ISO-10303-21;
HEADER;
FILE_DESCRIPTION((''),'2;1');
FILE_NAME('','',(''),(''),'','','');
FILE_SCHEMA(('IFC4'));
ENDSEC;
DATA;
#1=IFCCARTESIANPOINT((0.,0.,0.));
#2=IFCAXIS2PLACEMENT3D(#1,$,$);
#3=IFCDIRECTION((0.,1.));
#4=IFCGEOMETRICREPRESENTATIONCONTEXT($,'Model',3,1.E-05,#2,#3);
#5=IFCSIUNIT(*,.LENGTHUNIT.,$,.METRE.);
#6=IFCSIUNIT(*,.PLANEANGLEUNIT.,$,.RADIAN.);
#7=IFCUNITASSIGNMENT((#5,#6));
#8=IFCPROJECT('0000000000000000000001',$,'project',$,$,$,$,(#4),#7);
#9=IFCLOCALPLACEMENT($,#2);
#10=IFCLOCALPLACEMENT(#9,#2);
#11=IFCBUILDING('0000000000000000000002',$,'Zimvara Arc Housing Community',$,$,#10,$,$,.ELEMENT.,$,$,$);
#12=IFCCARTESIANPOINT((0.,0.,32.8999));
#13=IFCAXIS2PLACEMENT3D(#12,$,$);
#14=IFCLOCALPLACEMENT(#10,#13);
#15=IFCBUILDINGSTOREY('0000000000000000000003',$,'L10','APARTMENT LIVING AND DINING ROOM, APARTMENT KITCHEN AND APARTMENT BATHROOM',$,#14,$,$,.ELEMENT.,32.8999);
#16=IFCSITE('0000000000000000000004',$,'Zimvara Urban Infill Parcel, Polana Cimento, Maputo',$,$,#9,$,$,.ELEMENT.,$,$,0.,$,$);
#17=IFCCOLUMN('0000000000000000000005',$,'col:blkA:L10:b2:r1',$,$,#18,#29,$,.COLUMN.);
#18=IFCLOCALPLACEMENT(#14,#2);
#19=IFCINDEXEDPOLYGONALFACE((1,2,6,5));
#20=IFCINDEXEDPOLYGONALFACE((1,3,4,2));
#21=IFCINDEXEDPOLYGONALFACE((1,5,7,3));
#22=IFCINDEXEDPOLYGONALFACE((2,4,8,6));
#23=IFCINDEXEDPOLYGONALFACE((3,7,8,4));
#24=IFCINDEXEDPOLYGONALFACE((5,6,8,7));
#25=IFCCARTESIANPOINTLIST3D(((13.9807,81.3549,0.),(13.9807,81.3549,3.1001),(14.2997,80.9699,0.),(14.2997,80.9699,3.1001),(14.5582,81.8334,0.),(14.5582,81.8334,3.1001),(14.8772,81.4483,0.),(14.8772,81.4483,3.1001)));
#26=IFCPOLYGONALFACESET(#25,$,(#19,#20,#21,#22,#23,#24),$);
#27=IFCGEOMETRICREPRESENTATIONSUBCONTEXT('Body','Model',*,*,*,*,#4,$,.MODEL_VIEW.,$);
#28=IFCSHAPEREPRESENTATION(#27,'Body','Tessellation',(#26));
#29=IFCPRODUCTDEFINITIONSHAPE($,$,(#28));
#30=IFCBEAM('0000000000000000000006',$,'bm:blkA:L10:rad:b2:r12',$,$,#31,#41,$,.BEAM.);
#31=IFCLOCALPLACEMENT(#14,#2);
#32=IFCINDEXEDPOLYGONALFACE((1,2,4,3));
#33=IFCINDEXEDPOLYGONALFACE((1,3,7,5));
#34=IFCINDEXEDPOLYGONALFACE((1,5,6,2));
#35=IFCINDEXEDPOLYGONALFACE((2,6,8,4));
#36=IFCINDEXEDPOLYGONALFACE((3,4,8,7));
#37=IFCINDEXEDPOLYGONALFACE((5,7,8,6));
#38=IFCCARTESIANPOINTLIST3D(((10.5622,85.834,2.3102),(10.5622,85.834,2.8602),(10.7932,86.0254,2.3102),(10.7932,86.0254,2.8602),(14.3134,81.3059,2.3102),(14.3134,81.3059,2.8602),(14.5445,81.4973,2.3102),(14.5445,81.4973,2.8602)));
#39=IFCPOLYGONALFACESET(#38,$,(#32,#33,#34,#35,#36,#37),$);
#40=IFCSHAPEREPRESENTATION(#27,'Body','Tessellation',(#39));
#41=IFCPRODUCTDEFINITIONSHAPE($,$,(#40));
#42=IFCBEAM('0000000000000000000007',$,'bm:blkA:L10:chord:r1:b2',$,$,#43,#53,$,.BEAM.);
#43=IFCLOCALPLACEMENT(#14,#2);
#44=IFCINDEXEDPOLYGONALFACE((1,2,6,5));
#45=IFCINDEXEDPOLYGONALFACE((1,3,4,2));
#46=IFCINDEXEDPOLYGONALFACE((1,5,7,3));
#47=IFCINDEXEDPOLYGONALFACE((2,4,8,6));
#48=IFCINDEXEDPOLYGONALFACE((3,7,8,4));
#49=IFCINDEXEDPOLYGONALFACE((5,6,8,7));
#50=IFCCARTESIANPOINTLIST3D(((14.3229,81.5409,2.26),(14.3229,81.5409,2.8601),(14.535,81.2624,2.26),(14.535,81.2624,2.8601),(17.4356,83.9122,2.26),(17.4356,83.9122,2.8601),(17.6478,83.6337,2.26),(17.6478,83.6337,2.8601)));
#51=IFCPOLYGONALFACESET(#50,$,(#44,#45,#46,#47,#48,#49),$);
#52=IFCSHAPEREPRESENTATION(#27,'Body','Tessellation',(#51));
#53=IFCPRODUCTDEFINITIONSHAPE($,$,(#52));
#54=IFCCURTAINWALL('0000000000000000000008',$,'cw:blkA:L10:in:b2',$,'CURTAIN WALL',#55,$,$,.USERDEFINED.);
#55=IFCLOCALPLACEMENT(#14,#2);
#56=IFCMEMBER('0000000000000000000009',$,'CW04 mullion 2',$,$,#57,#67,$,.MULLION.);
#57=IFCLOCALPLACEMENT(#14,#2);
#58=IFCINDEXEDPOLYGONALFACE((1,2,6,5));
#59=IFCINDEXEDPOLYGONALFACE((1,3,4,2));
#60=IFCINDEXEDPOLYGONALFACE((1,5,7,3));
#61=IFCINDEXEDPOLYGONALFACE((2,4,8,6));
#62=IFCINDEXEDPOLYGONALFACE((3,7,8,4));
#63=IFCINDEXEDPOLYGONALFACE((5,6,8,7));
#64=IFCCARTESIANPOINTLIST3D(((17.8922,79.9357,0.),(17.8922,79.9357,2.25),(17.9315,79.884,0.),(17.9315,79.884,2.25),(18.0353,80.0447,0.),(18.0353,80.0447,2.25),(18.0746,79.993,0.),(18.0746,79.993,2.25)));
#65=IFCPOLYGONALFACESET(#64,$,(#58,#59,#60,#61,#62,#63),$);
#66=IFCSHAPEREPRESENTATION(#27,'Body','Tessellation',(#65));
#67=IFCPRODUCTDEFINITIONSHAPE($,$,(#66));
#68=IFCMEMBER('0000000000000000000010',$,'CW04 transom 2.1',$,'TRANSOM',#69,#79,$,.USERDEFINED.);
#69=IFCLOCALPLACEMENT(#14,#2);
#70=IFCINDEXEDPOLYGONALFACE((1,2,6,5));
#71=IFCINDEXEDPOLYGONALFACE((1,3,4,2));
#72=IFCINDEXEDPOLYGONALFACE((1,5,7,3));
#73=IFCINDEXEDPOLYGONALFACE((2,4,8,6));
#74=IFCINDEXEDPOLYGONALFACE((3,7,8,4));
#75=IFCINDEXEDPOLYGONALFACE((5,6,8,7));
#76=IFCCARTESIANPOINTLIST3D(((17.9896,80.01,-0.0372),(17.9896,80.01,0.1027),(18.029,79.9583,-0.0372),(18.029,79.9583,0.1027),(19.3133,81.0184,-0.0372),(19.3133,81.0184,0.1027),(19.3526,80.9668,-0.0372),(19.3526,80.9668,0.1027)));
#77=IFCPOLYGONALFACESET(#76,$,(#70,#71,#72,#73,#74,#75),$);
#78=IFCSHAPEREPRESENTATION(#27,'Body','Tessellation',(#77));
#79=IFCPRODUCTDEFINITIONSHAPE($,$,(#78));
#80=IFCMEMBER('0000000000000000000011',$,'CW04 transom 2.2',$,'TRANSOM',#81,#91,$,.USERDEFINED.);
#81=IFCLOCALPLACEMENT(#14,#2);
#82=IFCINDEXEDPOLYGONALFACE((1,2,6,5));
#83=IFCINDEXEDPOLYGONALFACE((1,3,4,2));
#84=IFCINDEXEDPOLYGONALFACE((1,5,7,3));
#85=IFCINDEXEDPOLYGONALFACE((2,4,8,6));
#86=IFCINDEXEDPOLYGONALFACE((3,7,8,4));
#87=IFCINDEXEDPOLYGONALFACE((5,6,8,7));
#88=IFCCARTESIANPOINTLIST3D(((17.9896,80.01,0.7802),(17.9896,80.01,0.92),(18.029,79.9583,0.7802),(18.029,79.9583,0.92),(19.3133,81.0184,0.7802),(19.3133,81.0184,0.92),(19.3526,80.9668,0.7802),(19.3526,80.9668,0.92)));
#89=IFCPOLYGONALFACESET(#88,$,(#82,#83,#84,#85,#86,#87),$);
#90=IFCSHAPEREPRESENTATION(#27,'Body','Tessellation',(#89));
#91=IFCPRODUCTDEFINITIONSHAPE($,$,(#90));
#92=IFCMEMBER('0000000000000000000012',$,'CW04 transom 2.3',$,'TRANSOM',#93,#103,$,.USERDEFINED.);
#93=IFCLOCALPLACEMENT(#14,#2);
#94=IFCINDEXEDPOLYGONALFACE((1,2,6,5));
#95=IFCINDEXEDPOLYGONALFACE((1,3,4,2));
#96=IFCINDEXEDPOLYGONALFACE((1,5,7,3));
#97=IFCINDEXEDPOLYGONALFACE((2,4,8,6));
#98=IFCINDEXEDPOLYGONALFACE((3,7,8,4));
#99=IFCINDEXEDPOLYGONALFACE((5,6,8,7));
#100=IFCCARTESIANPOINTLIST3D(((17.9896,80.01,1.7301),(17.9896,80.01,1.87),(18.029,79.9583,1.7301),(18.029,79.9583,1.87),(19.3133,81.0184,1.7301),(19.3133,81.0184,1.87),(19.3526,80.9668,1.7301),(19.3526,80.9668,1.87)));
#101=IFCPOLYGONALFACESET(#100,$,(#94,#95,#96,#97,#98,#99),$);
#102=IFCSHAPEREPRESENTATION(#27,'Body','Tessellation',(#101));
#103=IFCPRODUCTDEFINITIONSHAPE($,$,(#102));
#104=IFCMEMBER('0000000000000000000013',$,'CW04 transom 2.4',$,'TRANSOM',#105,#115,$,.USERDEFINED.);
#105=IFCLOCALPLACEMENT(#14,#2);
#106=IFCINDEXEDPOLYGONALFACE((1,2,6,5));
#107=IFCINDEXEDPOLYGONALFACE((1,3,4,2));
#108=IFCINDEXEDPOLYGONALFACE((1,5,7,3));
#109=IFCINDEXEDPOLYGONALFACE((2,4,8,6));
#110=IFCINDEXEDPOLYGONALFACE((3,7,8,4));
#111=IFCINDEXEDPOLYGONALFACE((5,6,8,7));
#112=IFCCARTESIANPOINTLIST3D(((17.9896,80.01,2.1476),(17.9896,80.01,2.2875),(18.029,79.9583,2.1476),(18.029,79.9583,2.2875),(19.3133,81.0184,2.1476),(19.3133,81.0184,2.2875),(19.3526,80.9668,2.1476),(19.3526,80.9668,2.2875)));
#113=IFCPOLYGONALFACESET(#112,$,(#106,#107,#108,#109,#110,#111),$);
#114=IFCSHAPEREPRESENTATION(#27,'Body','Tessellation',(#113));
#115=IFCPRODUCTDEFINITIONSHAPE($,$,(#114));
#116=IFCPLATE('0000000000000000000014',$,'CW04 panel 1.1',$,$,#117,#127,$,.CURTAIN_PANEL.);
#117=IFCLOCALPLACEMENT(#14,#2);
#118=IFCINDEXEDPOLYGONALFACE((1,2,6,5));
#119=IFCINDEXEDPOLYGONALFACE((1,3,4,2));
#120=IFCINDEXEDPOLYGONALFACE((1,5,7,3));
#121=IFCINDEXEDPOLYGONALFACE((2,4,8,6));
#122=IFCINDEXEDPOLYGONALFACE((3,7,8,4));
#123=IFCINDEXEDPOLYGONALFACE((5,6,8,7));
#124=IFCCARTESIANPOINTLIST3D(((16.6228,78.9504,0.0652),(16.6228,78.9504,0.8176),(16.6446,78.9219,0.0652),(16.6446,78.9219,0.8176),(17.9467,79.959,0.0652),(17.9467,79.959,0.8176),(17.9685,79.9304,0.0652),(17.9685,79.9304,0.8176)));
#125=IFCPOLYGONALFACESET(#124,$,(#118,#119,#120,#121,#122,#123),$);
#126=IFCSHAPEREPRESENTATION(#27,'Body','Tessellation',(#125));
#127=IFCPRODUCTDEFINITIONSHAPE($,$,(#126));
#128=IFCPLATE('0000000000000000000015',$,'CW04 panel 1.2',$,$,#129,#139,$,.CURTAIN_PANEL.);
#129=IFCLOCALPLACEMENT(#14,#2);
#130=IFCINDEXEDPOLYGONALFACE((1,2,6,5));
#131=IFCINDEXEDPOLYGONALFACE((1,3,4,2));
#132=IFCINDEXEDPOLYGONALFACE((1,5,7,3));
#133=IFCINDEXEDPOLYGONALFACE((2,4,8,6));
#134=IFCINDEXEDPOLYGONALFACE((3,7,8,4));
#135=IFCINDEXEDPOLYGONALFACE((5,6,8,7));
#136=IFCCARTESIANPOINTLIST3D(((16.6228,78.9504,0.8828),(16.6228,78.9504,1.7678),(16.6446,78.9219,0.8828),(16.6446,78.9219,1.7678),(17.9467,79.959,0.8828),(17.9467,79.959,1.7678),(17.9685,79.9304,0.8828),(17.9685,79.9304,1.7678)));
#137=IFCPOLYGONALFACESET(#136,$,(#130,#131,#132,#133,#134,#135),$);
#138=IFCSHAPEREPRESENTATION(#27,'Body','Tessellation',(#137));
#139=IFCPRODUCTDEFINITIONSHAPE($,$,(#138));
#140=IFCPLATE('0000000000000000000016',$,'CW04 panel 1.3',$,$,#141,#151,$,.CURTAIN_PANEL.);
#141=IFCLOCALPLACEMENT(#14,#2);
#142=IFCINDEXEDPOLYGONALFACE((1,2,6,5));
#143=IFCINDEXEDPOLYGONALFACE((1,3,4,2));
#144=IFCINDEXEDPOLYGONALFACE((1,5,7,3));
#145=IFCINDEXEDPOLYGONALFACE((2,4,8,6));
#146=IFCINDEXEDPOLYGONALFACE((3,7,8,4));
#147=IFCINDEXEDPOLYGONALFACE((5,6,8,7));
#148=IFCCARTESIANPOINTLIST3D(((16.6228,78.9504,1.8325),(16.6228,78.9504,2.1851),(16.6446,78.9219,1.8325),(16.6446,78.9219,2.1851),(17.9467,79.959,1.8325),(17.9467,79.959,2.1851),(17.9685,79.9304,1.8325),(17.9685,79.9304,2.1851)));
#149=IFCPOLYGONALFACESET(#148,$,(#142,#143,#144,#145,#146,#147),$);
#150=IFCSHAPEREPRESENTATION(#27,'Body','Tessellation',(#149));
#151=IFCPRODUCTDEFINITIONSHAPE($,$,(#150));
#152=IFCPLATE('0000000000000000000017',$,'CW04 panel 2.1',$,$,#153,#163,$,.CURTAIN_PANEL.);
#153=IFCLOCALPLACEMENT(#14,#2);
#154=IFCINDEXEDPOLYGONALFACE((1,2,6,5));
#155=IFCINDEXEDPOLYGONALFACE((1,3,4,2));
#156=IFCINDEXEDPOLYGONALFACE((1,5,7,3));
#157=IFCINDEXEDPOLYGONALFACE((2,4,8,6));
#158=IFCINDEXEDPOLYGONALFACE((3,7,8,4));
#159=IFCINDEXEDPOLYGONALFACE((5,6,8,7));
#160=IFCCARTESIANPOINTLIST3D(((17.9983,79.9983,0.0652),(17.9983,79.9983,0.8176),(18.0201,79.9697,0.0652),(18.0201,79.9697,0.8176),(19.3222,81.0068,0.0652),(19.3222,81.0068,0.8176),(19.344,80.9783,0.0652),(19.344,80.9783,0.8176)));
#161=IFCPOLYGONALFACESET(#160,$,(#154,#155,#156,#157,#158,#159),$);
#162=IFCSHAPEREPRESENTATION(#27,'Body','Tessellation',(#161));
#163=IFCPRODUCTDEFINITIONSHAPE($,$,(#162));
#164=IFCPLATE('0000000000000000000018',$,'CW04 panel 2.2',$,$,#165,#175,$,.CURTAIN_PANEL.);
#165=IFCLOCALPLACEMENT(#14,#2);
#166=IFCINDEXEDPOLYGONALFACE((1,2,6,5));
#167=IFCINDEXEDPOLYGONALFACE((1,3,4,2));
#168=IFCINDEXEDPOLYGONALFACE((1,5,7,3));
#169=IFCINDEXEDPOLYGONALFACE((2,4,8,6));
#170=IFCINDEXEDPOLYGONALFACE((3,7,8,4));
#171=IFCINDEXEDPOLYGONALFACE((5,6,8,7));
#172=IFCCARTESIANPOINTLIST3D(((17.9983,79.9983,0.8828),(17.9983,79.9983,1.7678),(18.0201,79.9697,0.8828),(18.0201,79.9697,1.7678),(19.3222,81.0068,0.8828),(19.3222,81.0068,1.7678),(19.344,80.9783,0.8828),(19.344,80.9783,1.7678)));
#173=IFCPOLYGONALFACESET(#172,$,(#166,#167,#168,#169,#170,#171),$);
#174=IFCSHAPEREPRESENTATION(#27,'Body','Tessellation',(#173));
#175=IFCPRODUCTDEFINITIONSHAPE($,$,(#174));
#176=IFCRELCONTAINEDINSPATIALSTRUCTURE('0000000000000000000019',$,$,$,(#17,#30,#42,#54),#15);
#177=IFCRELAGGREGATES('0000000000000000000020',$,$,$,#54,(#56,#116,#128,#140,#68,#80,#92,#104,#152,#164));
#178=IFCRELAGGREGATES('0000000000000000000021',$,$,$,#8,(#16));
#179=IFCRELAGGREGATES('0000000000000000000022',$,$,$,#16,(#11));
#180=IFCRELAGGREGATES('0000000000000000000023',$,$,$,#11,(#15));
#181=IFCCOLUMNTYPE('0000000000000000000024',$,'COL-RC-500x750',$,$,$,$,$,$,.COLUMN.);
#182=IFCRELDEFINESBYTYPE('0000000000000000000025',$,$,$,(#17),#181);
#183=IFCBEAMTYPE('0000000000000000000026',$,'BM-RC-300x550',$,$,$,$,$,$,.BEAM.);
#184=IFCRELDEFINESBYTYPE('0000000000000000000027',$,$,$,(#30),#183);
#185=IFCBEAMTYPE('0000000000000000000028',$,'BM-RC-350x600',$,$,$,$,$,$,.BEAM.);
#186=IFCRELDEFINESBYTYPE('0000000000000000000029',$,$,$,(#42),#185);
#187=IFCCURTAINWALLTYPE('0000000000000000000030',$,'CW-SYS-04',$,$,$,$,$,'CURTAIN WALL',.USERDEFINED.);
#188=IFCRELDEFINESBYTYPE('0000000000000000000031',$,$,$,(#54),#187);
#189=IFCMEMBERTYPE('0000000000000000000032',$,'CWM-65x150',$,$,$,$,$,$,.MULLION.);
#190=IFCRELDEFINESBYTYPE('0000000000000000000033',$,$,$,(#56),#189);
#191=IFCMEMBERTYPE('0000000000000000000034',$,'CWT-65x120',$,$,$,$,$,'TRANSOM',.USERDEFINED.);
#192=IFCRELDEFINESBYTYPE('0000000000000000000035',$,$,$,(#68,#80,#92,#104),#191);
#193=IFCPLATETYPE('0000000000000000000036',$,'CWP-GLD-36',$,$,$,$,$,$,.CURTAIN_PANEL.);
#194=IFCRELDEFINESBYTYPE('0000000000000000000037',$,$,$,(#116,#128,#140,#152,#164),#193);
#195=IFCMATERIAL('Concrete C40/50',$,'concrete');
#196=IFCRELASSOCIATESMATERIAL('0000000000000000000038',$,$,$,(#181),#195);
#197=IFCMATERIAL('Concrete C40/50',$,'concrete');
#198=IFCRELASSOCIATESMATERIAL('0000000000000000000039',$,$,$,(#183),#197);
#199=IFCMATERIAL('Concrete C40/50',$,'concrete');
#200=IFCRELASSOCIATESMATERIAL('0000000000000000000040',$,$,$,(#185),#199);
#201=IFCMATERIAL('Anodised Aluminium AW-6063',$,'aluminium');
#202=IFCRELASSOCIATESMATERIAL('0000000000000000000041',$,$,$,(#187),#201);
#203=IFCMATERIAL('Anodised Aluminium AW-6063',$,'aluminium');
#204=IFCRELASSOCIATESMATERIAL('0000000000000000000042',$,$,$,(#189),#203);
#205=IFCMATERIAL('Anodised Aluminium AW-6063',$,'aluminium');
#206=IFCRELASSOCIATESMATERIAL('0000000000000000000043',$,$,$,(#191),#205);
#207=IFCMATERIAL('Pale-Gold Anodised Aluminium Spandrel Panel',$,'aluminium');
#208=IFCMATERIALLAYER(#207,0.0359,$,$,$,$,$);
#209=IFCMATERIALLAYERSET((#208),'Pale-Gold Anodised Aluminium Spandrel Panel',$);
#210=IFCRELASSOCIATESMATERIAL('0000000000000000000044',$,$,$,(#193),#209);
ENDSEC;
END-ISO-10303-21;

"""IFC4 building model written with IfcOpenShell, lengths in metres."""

from ifc_helpers import new_model, si_unit, direction, frame, origin, origin_2d, place, context, subcontext, project, spatial, rectangle, extrude, material, layer, layer_set, material_profile, profile_set, type_object, element, aggregate, save


model = new_model("IFC4")

# Units and contexts
model_context = context("Model", 3, precision=1e-05, world=origin(), true_north=direction((0.0, 1.0)))
body_context = subcontext(model_context, "Body", "Model", "MODEL_VIEW")
ifc_project = project(units=[si_unit("LENGTHUNIT", "METRE"), si_unit("PLANEANGLEUNIT", "RADIAN")], contexts=[model_context])

# Site, building, storey
site_placement = place(None, origin())
site = spatial("IfcSite", under=ifc_project, at=site_placement, Name="Zimvara Urban Infill Parcel, Polana Cimento, Maputo", CompositionType="ELEMENT", RefElevation=0.0)
building_placement = place(site_placement, origin())
building = spatial("IfcBuilding", under=site, at=building_placement, Name="Zimvara Arc Housing Community", CompositionType="ELEMENT")
storey_placement = place(building_placement, frame((0.0, 0.0, 32.8999)))
storey = spatial("IfcBuildingStorey", under=building, at=storey_placement, Name="L10", Description="APARTMENT LIVING AND DINING ROOM, APARTMENT KITCHEN AND APARTMENT BATHROOM", CompositionType="ELEMENT", Elevation=32.8999)

# Column
ifc_material_1 = material(Name="Concrete C40/50", Category="concrete")
ifc_material_profile_1 = material_profile(ifc_material_1, rectangle(XDim=0.5, YDim=0.75, at=origin_2d()), Name="RC 500x750")
ifc_profile_set_1 = profile_set([ifc_material_profile_1], Name="Concrete C40/50")
column_type = type_object("IfcColumnType", Name="COL-RC-500x750", PredefinedType="COLUMN", material=ifc_profile_set_1)
column_placement = place(storey_placement, frame((14.429, 81.4016, 0.0), z_axis=(0.0, 0.0, 1.0), x_axis=(-0.637962, 0.770068, 0.0)))
element("IfcColumn", 1, at=column_placement, inside=storey, type_object=column_type, Name="col:blkA:L10:b2:r1", PredefinedType="COLUMN", context=body_context, shape_type="SweptSolid", body=[
    extrude(rectangle(XDim=0.5, YDim=0.75, at=origin_2d()), origin(), (0.0, 0.0, 1.0), 3.1001),
])

# Beams
ifc_material_2 = material(Name="Concrete C40/50", Category="concrete")
ifc_material_profile_2 = material_profile(ifc_material_2, rectangle(XDim=0.3, YDim=0.55, at=origin_2d()), Name="RC 300x550")
ifc_profile_set_2 = profile_set([ifc_material_profile_2], Name="Concrete C40/50")
beam_type_1 = type_object("IfcBeamType", Name="BM-RC-300x550", PredefinedType="BEAM", material=ifc_profile_set_2)
beam_1_placement = place(storey_placement, frame((14.429, 81.4016, 2.5852), z_axis=(-0.637956, 0.770073, 0.0), x_axis=(-0.770073, -0.637956, 0.0)))
element("IfcBeam", 2, at=beam_1_placement, inside=storey, type_object=beam_type_1, Name="bm:blkA:L10:rad:b2:r12", PredefinedType="BEAM", context=body_context, shape_type="SweptSolid", body=[
    extrude(rectangle(XDim=0.3, YDim=0.55, at=origin_2d()), origin(), (0.0, 0.0, 1.0), 5.8801),
])
ifc_material_3 = material(Name="Concrete C40/50", Category="concrete")
ifc_material_profile_3 = material_profile(ifc_material_3, rectangle(XDim=0.3501, YDim=0.6001, at=origin_2d()), Name="RC 350x600")
ifc_profile_set_3 = profile_set([ifc_material_profile_3], Name="Concrete C40/50")
beam_type_2 = type_object("IfcBeamType", Name="BM-RC-350x600", PredefinedType="BEAM", material=ifc_profile_set_3)
beam_2_placement = place(storey_placement, frame((14.429, 81.4016, 2.5601), z_axis=(0.79547, 0.605992, 0.0), x_axis=(-0.605992, 0.79547, 0.0)))
element("IfcBeam", 3, at=beam_2_placement, inside=storey, type_object=beam_type_2, Name="bm:blkA:L10:chord:r1:b2", PredefinedType="BEAM", context=body_context, shape_type="SweptSolid", body=[
    extrude(rectangle(XDim=0.3501, YDim=0.6001, at=origin_2d()), origin(), (0.0, 0.0, 1.0), 3.9131),
])

# Curtain wall, members, plates
ifc_material_4 = material(Name="Anodised Aluminium AW-6063", Category="aluminium")
curtain_wall_type = type_object("IfcCurtainWallType", Name="CW-SYS-04", ElementType="CURTAIN WALL", PredefinedType="USERDEFINED", material=ifc_material_4)
curtain_wall_placement = place(storey_placement, origin())
curtain_wall = element("IfcCurtainWall", 4, at=curtain_wall_placement, inside=storey, type_object=curtain_wall_type, Name="cw:blkA:L10:in:b2", ObjectType="CURTAIN WALL", PredefinedType="USERDEFINED")
ifc_material_5 = material(Name="Anodised Aluminium AW-6063", Category="aluminium")
ifc_material_profile_4 = material_profile(ifc_material_5, rectangle(XDim=0.0649, YDim=0.1799, at=origin_2d()), Name="ALU 65x180")
ifc_profile_set_4 = profile_set([ifc_material_profile_4], Name="Anodised Aluminium AW-6063")
member_type_1 = type_object("IfcMemberType", Name="CWM-65x150", PredefinedType="MULLION", material=ifc_profile_set_4)
member_1_placement = place(storey_placement, frame((17.9834, 79.9644, 0.0), z_axis=(0.0, 0.0, 1.0), x_axis=(-0.605988, 0.795474, 0.0)))
member_1 = element("IfcMember", 5, at=member_1_placement, type_object=member_type_1, Name="CW04 mullion 2", PredefinedType="MULLION", context=body_context, shape_type="SweptSolid", body=[
    extrude(rectangle(XDim=0.0649, YDim=0.1799, at=origin_2d()), origin(), (0.0, 0.0, 1.0), 2.25),
])
ifc_material_6 = material(Name="Anodised Aluminium AW-6063", Category="aluminium")
ifc_material_profile_5 = material_profile(ifc_material_6, rectangle(XDim=0.0649, YDim=0.1399, at=origin_2d()), Name="ALU 65x140")
ifc_profile_set_5 = profile_set([ifc_material_profile_5], Name="Anodised Aluminium AW-6063")
member_type_2 = type_object("IfcMemberType", Name="CWT-65x120", ElementType="TRANSOM", PredefinedType="USERDEFINED", material=ifc_profile_set_5)
member_2_placement = place(storey_placement, frame((18.0093, 79.9841, 0.0327), z_axis=(0.795435, 0.606039, 0.0), x_axis=(-0.606039, 0.795435, 0.0)))
member_2 = element("IfcMember", 6, at=member_2_placement, type_object=member_type_2, Name="CW04 transom 2.1", ObjectType="TRANSOM", PredefinedType="USERDEFINED", context=body_context, shape_type="SweptSolid", body=[
    extrude(rectangle(XDim=0.0649, YDim=0.1399, at=origin_2d()), origin(), (0.0, 0.0, 1.0), 1.6641),
])
member_3_placement = place(storey_placement, frame((18.0093, 79.9841, 0.8501), z_axis=(0.795435, 0.606039, 0.0), x_axis=(-0.606039, 0.795435, 0.0)))
member_3 = element("IfcMember", 7, at=member_3_placement, type_object=member_type_2, Name="CW04 transom 2.2", ObjectType="TRANSOM", PredefinedType="USERDEFINED", context=body_context, shape_type="SweptSolid", body=[
    extrude(rectangle(XDim=0.0649, YDim=0.1399, at=origin_2d()), origin(), (0.0, 0.0, 1.0), 1.6641),
])
member_4_placement = place(storey_placement, frame((18.0093, 79.9841, 1.8), z_axis=(0.795435, 0.606039, 0.0), x_axis=(-0.606039, 0.795435, 0.0)))
member_4 = element("IfcMember", 8, at=member_4_placement, type_object=member_type_2, Name="CW04 transom 2.3", ObjectType="TRANSOM", PredefinedType="USERDEFINED", context=body_context, shape_type="SweptSolid", body=[
    extrude(rectangle(XDim=0.0649, YDim=0.1399, at=origin_2d()), origin(), (0.0, 0.0, 1.0), 1.6641),
])
member_5_placement = place(storey_placement, frame((18.0093, 79.9841, 2.2175), z_axis=(0.795435, 0.606039, 0.0), x_axis=(-0.606039, 0.795435, 0.0)))
member_5 = element("IfcMember", 9, at=member_5_placement, type_object=member_type_2, Name="CW04 transom 2.4", ObjectType="TRANSOM", PredefinedType="USERDEFINED", context=body_context, shape_type="SweptSolid", body=[
    extrude(rectangle(XDim=0.0649, YDim=0.1399, at=origin_2d()), origin(), (0.0, 0.0, 1.0), 1.6641),
])
ifc_material_7 = material(Name="Pale-Gold Anodised Aluminium Spandrel Panel", Category="aluminium")
ifc_layer_1 = layer(ifc_material_7, 0.0359)
ifc_layer_set_1 = layer_set([ifc_layer_1], Name="Pale-Gold Anodised Aluminium Spandrel Panel")
plate_type = type_object("IfcPlateType", Name="CWP-GLD-36", PredefinedType="CURTAIN_PANEL", material=ifc_layer_set_1)
plate_1_placement = place(storey_placement, frame((17.2957, 79.4404, 0.0652), z_axis=(0.0, 0.0, 1.0), x_axis=(0.795474, 0.605988, 0.0)))
plate_1 = element("IfcPlate", 10, at=plate_1_placement, type_object=plate_type, Name="CW04 panel 1.1", PredefinedType="CURTAIN_PANEL", context=body_context, shape_type="SweptSolid", body=[
    extrude(rectangle(XDim=1.6643, YDim=0.0359, at=origin_2d()), origin(), (0.0, 0.0, 1.0), 0.7524),
])
plate_2_placement = place(storey_placement, frame((17.2957, 79.4404, 0.8828), z_axis=(0.0, 0.0, 1.0), x_axis=(0.795474, 0.605988, 0.0)))
plate_2 = element("IfcPlate", 11, at=plate_2_placement, type_object=plate_type, Name="CW04 panel 1.2", PredefinedType="CURTAIN_PANEL", context=body_context, shape_type="SweptSolid", body=[
    extrude(rectangle(XDim=1.6643, YDim=0.0359, at=origin_2d()), origin(), (0.0, 0.0, 1.0), 0.885),
])
plate_3_placement = place(storey_placement, frame((17.2957, 79.4404, 1.8325), z_axis=(0.0, 0.0, 1.0), x_axis=(0.795474, 0.605988, 0.0)))
plate_3 = element("IfcPlate", 12, at=plate_3_placement, type_object=plate_type, Name="CW04 panel 1.3", PredefinedType="CURTAIN_PANEL", context=body_context, shape_type="SweptSolid", body=[
    extrude(rectangle(XDim=1.6643, YDim=0.0359, at=origin_2d()), origin(), (0.0, 0.0, 1.0), 0.3525),
])
plate_4_placement = place(storey_placement, frame((18.6711, 80.4883, 0.0652), z_axis=(0.0, 0.0, 1.0), x_axis=(0.795474, 0.605988, 0.0)))
plate_4 = element("IfcPlate", 13, at=plate_4_placement, type_object=plate_type, Name="CW04 panel 2.1", PredefinedType="CURTAIN_PANEL", context=body_context, shape_type="SweptSolid", body=[
    extrude(rectangle(XDim=1.6643, YDim=0.0359, at=origin_2d()), origin(), (0.0, 0.0, 1.0), 0.7524),
])
plate_5_placement = place(storey_placement, frame((18.6711, 80.4883, 0.8828), z_axis=(0.0, 0.0, 1.0), x_axis=(0.795474, 0.605988, 0.0)))
plate_5 = element("IfcPlate", 14, at=plate_5_placement, type_object=plate_type, Name="CW04 panel 2.2", PredefinedType="CURTAIN_PANEL", context=body_context, shape_type="SweptSolid", body=[
    extrude(rectangle(XDim=1.6643, YDim=0.0359, at=origin_2d()), origin(), (0.0, 0.0, 1.0), 0.885),
])
aggregate(curtain_wall, [member_1, plate_1, plate_2, plate_3, member_2, member_3, member_4, member_5, plate_4, plate_5])

save(model, "model.ifc")
